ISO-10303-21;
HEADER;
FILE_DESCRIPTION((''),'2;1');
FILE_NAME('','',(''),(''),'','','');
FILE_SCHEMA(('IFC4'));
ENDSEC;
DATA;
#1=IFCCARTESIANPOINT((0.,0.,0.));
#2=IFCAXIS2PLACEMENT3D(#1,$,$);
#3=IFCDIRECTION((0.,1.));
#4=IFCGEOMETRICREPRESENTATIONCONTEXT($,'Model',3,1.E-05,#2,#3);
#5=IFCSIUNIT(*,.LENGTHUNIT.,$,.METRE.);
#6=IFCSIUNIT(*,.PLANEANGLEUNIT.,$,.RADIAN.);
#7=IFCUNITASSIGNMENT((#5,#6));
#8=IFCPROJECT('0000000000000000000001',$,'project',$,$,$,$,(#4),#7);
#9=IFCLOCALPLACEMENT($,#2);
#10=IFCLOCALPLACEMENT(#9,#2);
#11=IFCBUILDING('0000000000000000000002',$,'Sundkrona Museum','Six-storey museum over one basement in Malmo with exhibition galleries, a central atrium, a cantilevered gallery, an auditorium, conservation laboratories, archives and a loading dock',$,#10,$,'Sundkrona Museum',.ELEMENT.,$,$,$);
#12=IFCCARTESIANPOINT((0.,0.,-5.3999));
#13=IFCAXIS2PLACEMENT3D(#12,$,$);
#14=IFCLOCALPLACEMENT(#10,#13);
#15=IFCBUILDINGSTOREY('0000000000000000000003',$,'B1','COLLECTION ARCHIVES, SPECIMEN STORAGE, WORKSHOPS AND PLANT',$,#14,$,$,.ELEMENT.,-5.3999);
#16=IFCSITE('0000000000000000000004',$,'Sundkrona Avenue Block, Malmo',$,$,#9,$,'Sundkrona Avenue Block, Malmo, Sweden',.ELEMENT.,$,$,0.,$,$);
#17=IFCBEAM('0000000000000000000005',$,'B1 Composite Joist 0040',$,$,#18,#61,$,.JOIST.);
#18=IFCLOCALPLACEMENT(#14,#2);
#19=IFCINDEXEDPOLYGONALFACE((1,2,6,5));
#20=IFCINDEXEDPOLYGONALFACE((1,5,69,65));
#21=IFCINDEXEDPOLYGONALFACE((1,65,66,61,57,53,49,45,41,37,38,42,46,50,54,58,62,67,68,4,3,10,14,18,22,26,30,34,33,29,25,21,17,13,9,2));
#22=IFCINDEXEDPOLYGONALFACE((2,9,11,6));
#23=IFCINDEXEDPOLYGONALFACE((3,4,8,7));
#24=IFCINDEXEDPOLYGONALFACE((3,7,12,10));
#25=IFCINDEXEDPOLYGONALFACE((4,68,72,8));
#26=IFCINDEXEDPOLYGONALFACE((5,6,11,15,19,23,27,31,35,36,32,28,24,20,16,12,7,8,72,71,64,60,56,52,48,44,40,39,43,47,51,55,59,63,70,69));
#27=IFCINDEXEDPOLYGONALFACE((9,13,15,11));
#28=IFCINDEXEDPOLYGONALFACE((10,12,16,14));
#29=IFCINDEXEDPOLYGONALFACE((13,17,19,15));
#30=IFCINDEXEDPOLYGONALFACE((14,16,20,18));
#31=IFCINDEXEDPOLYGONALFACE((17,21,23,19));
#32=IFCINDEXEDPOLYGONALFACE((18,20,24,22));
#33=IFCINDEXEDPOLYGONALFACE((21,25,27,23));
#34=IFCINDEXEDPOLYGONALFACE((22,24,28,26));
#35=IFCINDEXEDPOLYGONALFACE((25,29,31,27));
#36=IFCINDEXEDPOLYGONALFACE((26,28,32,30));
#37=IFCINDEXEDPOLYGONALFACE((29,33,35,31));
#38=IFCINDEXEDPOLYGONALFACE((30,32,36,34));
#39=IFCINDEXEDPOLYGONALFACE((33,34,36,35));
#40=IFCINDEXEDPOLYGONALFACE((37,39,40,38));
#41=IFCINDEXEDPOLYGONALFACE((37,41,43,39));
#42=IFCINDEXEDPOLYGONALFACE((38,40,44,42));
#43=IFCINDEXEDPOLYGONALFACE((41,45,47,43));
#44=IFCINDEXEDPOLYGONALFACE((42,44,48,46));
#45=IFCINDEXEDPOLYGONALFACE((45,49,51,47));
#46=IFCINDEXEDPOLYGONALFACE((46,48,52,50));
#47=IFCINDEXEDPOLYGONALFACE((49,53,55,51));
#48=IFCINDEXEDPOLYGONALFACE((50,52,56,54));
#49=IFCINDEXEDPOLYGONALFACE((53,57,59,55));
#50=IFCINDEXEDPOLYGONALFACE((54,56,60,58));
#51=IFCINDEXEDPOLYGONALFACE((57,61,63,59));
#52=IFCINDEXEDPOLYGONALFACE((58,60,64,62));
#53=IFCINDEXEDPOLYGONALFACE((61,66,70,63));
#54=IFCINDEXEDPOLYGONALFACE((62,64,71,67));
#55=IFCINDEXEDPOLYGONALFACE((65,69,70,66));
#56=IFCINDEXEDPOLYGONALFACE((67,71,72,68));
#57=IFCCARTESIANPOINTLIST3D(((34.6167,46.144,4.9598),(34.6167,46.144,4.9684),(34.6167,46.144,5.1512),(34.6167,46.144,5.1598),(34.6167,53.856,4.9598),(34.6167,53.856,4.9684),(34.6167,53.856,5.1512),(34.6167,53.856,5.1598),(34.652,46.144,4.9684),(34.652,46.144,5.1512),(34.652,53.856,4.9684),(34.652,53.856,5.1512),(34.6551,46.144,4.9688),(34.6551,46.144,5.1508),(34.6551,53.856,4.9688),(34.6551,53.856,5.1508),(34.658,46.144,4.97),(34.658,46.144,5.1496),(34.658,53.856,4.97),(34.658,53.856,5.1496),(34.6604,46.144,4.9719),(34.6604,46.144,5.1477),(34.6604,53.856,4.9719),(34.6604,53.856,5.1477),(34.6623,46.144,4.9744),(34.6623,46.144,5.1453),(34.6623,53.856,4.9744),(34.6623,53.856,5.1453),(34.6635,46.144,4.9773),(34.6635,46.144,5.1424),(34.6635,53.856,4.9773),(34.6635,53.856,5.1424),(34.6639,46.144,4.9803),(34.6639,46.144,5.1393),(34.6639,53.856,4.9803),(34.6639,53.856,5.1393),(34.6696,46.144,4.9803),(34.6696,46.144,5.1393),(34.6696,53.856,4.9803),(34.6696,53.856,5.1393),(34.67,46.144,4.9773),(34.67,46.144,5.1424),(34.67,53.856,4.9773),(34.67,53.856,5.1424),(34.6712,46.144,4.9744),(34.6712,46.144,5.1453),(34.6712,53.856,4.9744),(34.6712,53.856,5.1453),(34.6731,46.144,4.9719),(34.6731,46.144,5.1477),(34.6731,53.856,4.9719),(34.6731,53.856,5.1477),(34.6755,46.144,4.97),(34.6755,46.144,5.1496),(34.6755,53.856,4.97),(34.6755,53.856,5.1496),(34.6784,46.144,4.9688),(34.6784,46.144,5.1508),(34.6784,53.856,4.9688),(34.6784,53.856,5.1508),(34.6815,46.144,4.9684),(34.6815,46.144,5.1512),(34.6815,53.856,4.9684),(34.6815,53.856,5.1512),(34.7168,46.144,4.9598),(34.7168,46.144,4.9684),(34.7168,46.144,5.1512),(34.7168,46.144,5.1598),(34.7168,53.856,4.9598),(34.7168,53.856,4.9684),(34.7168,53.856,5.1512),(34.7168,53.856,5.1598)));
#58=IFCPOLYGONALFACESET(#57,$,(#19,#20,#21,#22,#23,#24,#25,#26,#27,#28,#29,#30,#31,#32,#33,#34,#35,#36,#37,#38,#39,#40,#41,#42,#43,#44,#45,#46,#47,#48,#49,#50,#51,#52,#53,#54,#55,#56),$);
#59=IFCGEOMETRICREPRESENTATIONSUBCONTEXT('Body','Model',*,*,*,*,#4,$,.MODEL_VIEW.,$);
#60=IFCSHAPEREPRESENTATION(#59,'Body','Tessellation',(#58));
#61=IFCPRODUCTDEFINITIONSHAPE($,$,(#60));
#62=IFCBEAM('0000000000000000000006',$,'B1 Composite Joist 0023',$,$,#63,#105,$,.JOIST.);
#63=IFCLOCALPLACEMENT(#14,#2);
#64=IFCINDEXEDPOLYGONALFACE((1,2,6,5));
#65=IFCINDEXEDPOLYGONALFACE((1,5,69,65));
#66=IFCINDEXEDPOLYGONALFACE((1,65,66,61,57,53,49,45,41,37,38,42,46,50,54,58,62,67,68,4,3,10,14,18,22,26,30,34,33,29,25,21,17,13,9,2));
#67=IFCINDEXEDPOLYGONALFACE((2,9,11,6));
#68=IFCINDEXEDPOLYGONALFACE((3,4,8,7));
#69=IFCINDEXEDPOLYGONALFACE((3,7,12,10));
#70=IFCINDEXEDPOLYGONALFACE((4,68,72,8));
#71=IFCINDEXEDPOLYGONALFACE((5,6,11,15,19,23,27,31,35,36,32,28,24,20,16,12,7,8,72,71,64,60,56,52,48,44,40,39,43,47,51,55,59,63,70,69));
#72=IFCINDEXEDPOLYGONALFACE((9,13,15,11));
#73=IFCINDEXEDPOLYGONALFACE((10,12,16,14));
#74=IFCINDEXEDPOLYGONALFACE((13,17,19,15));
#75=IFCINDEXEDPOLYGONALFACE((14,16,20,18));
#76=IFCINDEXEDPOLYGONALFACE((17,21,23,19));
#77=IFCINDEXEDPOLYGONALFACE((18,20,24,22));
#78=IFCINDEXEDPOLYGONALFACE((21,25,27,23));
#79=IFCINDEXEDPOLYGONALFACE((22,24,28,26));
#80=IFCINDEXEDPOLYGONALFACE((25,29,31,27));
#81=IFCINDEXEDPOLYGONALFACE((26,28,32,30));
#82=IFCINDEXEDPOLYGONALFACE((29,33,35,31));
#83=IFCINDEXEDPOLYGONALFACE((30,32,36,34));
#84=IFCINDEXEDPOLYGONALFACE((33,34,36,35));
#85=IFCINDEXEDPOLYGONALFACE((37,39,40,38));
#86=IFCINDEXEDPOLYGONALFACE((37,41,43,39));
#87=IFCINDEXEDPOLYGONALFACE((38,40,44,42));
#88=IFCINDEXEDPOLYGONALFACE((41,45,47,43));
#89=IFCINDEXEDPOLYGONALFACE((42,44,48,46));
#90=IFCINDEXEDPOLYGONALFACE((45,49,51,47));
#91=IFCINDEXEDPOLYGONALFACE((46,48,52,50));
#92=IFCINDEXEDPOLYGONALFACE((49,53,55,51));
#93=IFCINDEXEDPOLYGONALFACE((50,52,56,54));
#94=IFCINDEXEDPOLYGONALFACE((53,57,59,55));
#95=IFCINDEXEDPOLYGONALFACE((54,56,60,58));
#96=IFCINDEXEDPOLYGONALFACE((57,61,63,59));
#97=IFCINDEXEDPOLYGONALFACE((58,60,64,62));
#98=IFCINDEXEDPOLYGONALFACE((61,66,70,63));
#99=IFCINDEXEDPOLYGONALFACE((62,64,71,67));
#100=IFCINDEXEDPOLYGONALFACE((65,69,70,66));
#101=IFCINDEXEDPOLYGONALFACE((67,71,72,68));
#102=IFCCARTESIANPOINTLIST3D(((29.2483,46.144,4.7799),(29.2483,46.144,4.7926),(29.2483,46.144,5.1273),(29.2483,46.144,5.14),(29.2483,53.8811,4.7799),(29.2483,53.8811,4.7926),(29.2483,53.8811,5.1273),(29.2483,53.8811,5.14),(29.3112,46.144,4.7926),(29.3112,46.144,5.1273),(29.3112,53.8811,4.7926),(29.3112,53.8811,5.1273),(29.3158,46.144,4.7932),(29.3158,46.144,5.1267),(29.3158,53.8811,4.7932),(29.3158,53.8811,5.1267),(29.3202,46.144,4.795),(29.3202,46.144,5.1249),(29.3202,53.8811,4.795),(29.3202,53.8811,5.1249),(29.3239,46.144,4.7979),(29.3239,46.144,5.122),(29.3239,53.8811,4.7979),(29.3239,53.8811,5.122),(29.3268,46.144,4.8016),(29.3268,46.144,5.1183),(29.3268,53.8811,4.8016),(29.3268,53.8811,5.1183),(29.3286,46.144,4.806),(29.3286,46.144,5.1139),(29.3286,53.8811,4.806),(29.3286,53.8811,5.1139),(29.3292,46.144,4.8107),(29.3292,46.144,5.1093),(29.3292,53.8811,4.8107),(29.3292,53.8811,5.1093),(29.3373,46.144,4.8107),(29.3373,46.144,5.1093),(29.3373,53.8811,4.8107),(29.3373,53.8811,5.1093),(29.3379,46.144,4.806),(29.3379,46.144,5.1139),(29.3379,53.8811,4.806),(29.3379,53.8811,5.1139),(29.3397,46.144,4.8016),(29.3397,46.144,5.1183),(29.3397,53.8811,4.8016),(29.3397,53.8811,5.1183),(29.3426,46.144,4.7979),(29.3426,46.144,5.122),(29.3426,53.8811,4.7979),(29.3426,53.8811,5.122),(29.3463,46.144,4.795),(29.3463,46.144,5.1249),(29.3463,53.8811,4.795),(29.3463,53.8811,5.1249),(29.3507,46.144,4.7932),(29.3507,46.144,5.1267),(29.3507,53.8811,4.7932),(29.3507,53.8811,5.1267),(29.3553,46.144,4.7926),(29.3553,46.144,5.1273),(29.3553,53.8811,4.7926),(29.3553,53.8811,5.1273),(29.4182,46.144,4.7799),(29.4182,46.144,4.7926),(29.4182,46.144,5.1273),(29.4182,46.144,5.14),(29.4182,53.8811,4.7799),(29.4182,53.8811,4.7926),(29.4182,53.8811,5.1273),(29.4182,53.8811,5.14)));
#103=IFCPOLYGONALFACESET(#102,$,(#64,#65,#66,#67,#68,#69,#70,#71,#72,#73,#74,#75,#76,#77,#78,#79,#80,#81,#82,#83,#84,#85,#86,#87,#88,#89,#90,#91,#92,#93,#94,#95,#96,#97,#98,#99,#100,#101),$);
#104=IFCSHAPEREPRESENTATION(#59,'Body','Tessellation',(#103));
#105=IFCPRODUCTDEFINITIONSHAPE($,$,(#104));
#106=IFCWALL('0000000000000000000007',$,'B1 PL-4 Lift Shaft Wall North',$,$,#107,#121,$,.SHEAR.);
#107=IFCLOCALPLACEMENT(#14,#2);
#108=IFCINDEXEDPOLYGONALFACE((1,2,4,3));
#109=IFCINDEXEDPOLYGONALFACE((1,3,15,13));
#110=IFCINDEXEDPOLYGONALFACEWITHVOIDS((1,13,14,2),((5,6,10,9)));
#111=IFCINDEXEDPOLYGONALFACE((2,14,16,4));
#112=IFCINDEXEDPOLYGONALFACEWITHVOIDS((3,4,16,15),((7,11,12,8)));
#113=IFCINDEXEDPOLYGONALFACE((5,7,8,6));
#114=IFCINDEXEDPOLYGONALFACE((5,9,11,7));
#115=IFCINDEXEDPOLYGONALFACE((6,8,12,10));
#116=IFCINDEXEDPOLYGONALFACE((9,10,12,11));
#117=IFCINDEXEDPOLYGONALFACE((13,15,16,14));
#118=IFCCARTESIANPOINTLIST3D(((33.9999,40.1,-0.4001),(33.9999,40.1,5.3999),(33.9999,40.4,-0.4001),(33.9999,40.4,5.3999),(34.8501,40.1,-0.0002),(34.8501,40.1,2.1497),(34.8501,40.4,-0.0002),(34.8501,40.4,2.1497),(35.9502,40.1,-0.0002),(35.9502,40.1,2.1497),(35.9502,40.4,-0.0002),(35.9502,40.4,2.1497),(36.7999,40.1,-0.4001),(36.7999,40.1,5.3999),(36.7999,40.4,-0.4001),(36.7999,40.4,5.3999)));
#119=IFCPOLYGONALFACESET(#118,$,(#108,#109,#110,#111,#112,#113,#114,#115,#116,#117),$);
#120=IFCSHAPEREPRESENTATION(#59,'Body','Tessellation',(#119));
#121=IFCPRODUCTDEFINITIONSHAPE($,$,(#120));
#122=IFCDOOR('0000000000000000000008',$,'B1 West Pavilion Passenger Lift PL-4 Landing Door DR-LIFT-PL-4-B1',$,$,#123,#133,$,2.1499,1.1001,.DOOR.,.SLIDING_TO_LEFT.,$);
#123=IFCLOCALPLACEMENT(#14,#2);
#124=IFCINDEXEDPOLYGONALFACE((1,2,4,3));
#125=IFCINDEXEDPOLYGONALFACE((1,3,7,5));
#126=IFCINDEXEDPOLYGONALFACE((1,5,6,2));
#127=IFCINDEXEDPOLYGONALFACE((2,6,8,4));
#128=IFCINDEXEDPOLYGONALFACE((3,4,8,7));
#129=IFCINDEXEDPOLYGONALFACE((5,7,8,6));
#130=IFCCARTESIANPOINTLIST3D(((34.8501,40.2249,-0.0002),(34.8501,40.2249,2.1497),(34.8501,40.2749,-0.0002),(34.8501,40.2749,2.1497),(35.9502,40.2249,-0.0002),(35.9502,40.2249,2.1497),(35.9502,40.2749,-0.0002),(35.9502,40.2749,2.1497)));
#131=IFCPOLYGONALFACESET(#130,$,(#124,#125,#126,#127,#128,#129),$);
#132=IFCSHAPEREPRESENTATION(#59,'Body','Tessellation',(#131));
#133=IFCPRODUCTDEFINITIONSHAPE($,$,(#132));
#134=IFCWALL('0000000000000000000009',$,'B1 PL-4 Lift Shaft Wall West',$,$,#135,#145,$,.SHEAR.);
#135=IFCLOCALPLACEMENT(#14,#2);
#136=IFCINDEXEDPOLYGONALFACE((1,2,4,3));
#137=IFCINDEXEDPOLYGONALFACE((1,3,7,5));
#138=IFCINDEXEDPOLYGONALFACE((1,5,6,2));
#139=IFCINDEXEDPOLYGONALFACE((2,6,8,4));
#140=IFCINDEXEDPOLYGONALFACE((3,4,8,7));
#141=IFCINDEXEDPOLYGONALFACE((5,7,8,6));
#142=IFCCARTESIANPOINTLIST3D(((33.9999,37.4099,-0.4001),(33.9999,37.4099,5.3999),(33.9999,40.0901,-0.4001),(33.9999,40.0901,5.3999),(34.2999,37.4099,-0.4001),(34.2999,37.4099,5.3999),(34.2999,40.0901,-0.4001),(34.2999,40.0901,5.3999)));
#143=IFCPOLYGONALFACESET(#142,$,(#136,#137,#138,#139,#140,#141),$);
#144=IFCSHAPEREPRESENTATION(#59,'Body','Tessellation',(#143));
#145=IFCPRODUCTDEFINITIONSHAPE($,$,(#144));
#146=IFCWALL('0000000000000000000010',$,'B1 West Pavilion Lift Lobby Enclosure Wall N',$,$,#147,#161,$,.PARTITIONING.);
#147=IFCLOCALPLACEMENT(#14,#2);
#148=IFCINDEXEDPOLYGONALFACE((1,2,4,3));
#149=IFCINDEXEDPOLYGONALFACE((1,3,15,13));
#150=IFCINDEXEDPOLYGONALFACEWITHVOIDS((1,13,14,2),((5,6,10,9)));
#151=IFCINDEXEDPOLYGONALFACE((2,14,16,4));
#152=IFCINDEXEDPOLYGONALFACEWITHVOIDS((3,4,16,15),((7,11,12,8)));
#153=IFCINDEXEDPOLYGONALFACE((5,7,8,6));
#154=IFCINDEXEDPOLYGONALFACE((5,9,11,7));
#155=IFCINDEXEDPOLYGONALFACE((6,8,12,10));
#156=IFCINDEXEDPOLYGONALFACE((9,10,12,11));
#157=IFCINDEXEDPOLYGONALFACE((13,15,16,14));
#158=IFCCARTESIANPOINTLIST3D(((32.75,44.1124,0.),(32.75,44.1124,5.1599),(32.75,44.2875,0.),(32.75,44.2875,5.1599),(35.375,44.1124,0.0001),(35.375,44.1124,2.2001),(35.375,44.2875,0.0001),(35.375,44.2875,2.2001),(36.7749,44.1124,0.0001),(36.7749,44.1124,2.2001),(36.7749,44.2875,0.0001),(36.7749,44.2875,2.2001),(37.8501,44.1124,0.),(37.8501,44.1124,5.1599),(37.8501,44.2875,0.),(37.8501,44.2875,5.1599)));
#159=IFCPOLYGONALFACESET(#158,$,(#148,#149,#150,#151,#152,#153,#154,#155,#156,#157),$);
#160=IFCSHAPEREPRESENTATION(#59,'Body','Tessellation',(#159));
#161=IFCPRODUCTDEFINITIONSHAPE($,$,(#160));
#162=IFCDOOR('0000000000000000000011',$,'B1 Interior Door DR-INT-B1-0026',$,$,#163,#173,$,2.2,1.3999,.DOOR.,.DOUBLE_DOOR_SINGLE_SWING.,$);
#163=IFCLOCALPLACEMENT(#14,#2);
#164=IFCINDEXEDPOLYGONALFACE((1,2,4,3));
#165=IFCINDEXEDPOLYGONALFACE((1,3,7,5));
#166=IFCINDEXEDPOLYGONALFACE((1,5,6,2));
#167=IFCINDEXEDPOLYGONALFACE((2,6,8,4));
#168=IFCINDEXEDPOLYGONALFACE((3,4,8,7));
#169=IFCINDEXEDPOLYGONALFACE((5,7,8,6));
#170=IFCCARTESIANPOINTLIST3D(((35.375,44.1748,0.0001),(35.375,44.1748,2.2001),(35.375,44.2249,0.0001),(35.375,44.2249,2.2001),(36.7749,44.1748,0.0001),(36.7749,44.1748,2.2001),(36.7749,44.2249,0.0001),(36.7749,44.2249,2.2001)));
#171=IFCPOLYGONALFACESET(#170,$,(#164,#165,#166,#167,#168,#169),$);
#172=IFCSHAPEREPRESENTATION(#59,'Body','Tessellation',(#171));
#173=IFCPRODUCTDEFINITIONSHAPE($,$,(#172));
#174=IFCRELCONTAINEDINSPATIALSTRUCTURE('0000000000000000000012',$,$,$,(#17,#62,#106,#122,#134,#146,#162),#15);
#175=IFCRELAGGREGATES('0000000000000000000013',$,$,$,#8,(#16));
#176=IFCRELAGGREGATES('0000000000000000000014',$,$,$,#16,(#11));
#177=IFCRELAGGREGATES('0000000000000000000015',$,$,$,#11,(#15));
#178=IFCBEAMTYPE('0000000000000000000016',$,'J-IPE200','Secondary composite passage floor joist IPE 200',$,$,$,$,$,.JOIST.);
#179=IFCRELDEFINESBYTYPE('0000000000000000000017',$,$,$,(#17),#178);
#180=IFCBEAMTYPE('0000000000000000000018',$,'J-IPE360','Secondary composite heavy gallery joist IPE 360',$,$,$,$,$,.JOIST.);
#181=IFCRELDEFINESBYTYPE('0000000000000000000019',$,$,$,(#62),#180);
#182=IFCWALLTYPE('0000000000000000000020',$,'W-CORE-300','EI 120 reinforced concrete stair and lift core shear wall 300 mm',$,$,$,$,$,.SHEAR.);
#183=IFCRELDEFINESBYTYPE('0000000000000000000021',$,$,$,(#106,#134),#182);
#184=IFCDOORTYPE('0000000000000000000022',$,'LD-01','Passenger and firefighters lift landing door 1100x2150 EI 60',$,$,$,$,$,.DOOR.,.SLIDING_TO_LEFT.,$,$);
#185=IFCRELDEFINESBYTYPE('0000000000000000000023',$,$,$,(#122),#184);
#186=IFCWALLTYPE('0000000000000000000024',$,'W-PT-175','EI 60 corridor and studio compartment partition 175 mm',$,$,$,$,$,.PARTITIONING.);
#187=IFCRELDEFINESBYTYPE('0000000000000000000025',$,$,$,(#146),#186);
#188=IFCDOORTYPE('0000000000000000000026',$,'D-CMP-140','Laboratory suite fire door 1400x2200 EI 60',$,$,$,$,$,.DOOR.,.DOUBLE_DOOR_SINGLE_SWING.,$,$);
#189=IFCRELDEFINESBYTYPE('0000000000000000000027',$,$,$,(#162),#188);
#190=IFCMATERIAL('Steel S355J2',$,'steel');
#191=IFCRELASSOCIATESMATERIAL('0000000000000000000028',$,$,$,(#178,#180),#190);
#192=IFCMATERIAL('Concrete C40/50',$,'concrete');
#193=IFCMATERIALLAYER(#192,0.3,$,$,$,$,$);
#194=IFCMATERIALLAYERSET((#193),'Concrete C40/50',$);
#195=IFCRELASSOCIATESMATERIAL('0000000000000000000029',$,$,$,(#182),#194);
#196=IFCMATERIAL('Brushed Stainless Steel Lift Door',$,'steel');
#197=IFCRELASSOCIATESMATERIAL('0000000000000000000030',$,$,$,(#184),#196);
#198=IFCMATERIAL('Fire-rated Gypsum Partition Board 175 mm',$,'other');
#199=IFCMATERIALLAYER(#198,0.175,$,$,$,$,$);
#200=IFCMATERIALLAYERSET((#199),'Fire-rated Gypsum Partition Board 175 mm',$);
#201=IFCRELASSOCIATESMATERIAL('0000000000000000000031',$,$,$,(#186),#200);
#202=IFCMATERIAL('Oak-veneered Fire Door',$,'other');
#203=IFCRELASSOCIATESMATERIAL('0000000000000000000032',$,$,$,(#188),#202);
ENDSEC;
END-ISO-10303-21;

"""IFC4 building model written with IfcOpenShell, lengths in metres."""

from ifc_helpers import new_model, si_unit, direction, frame, frame_2d, origin, origin_2d, place, context, subcontext, project, spatial, rectangle, i_section, extrude, material, layer, layer_set, material_profile, profile_set, type_object, element, fill, save


model = new_model("IFC4")

# Units and contexts
model_context = context("Model", 3, precision=1e-05, world=origin(), true_north=direction((0.0, 1.0)))
body_context = subcontext(model_context, "Body", "Model", "MODEL_VIEW")
ifc_project = project(units=[si_unit("LENGTHUNIT", "METRE"), si_unit("PLANEANGLEUNIT", "RADIAN")], contexts=[model_context])

# Site, building, storey
site_placement = place(None, origin())
site = spatial("IfcSite", under=ifc_project, at=site_placement, Name="Sundkrona Avenue Block, Malmo", LongName="Sundkrona Avenue Block, Malmo, Sweden", CompositionType="ELEMENT", RefElevation=0.0)
building_placement = place(site_placement, origin())
building = spatial("IfcBuilding", under=site, at=building_placement, Name="Sundkrona Museum", Description="Six-storey museum over one basement in Malmo with exhibition galleries, a central atrium, a cantilevered gallery, an auditorium, conservation laboratories, archives and a loading dock", LongName="Sundkrona Museum", CompositionType="ELEMENT")
storey_placement = place(building_placement, frame((0.0, 0.0, -5.3999)))
storey = spatial("IfcBuildingStorey", under=building, at=storey_placement, Name="B1", Description="COLLECTION ARCHIVES, SPECIMEN STORAGE, WORKSHOPS AND PLANT", CompositionType="ELEMENT", Elevation=-5.3999)

# Shared definitions
ifc_material_1 = material(Name="Concrete C40/50", Category="concrete")

# Beams
ifc_material_2 = material(Name="Steel S355J2", Category="steel")
ifc_material_profile_1 = material_profile(ifc_material_2, i_section(OverallWidth=0.1001, OverallDepth=0.2, WebThickness=0.0056, FlangeThickness=0.0085, FilletRadius=0.012, at=origin_2d()), Name="IPE 200")
ifc_profile_set_1 = profile_set([ifc_material_profile_1], Name="Steel S355J2")
beam_type_1 = type_object("IfcBeamType", Name="J-IPE200", Description="Secondary composite passage floor joist IPE 200", PredefinedType="JOIST", material=ifc_profile_set_1)
beam_1_placement = place(storey_placement, frame((34.6667, 46.144, 5.0598), z_axis=(0.0, 1.0, 0.0), x_axis=(-1.0, 0.0, 0.0)))
element("IfcBeam", 1, at=beam_1_placement, inside=storey, type_object=beam_type_1, Name="B1 Composite Joist 0040", PredefinedType="JOIST", context=body_context, shape_type="SweptSolid", body=[
    extrude(i_section(OverallWidth=0.1001, OverallDepth=0.2, WebThickness=0.0056, FlangeThickness=0.0085, FilletRadius=0.012, at=origin_2d()), origin(), (0.0, 0.0, 1.0), 7.7119),
])
ifc_material_profile_2 = material_profile(ifc_material_2, i_section(OverallWidth=0.1699, OverallDepth=0.3601, WebThickness=0.0081, FlangeThickness=0.0127, FilletRadius=0.0181, at=origin_2d()), Name="IPE 360")
ifc_profile_set_2 = profile_set([ifc_material_profile_2], Name="Steel S355J2")
beam_type_2 = type_object("IfcBeamType", Name="J-IPE360", Description="Secondary composite heavy gallery joist IPE 360", PredefinedType="JOIST", material=ifc_profile_set_2)
beam_2_placement = place(storey_placement, frame((29.3333, 46.144, 4.96), z_axis=(0.0, 1.0, 0.0), x_axis=(-1.0, 0.0, 0.0)))
element("IfcBeam", 2, at=beam_2_placement, inside=storey, type_object=beam_type_2, Name="B1 Composite Joist 0023", PredefinedType="JOIST", context=body_context, shape_type="SweptSolid", body=[
    extrude(i_section(OverallWidth=0.1699, OverallDepth=0.3601, WebThickness=0.0081, FlangeThickness=0.0127, FilletRadius=0.0181, at=origin_2d()), origin(), (0.0, 0.0, 1.0), 7.7371),
])

# Wall, opening, door
ifc_layer_1 = layer(ifc_material_1, 0.3)
ifc_layer_set_1 = layer_set([ifc_layer_1], Name="Concrete C40/50")
wall_type_1 = type_object("IfcWallType", Name="W-CORE-300", Description="EI 120 reinforced concrete stair and lift core shear wall 300 mm", PredefinedType="SHEAR", material=ifc_layer_set_1)
wall_1_placement = place(storey_placement, frame((34.0, 40.25, -0.4001), z_axis=(0.0, 0.0, 1.0), x_axis=(1.0, 0.0, 0.0)))
wall_1 = element("IfcWall", 3, at=wall_1_placement, inside=storey, type_object=wall_type_1, Name="B1 PL-4 Lift Shaft Wall North", PredefinedType="SHEAR", context=body_context, shape_type="SweptSolid", body=[
    extrude(rectangle(XDim=2.8, YDim=0.3, at=frame_2d((1.3999, 0.0))), origin(), (0.0, 0.0, 1.0), 5.8),
])
opening_1_placement = place(wall_1_placement, frame((0.8501, 0.0, 0.3999)))
opening_1 = element("IfcOpeningElement", 4, at=opening_1_placement, cuts=wall_1, PredefinedType="OPENING", context=body_context, shape_type="SweptSolid", body=[
    extrude(rectangle(XDim=1.1001, YDim=2.1499, at=frame_2d((0.55, 1.075))), frame((0.0, 0.1599, 0.0), z_axis=(0.0, -1.0, 0.0), x_axis=(1.0, 0.0, 0.0)), (0.0, 0.0, 1.0), 0.3201),
])
ifc_material_3 = material(Name="Brushed Stainless Steel Lift Door", Category="steel")
door_type_1 = type_object("IfcDoorType", Name="LD-01", Description="Passenger and firefighters lift landing door 1100x2150 EI 60", OperationType="SLIDING_TO_LEFT", PredefinedType="DOOR", material=ifc_material_3)
door_1_placement = place(opening_1_placement, origin())
door_1 = element("IfcDoor", 5, at=door_1_placement, inside=storey, type_object=door_type_1, Name="B1 West Pavilion Passenger Lift PL-4 Landing Door DR-LIFT-PL-4-B1", OperationType="SLIDING_TO_LEFT", OverallHeight=2.1499, OverallWidth=1.1001, PredefinedType="DOOR", context=body_context, shape_type="SweptSolid", body=[
    extrude(rectangle(XDim=1.1001, YDim=2.1499, at=frame_2d((0.55, 1.075))), frame((0.0, 0.0249, 0.0), z_axis=(0.0, -1.0, 0.0), x_axis=(1.0, 0.0, 0.0)), (0.0, 0.0, 1.0), 0.05),
])
fill(opening_1, door_1)

# Wall
wall_2_placement = place(storey_placement, frame((34.1499, 37.4099, -0.4001), z_axis=(0.0, 0.0, 1.0), x_axis=(0.0, 1.0, 0.0)))
element("IfcWall", 6, at=wall_2_placement, inside=storey, type_object=wall_type_1, Name="B1 PL-4 Lift Shaft Wall West", PredefinedType="SHEAR", context=body_context, shape_type="SweptSolid", body=[
    extrude(rectangle(XDim=2.6802, YDim=0.3, at=frame_2d((1.3401, 0.0))), origin(), (0.0, 0.0, 1.0), 5.8),
])

# Wall, opening, door
ifc_material_4 = material(Name="Fire-rated Gypsum Partition Board 175 mm", Category="other")
ifc_layer_2 = layer(ifc_material_4, 0.175)
ifc_layer_set_2 = layer_set([ifc_layer_2], Name="Fire-rated Gypsum Partition Board 175 mm")
wall_type_2 = type_object("IfcWallType", Name="W-PT-175", Description="EI 60 corridor and studio compartment partition 175 mm", PredefinedType="PARTITIONING", material=ifc_layer_set_2)
wall_3_placement = place(storey_placement, frame((32.75, 44.2, 0.0), z_axis=(0.0, 0.0, 1.0), x_axis=(1.0, 0.0, 0.0)))
wall_3 = element("IfcWall", 7, at=wall_3_placement, inside=storey, type_object=wall_type_2, Name="B1 West Pavilion Lift Lobby Enclosure Wall N", PredefinedType="PARTITIONING", context=body_context, shape_type="SweptSolid", body=[
    extrude(rectangle(XDim=5.1001, YDim=0.175, at=frame_2d((2.55, 0.0))), origin(), (0.0, 0.0, 1.0), 5.1599),
])
opening_2_placement = place(wall_3_placement, frame((2.625, 0.0, 0.0)))
opening_2 = element("IfcOpeningElement", 8, at=opening_2_placement, cuts=wall_3, PredefinedType="OPENING", context=body_context, shape_type="SweptSolid", body=[
    extrude(rectangle(XDim=1.3999, YDim=2.2, at=frame_2d((0.7, 1.1001))), frame((0.0, 0.0974, 0.0), z_axis=(0.0, -1.0, 0.0), x_axis=(1.0, 0.0, 0.0)), (0.0, 0.0, 1.0), 0.1951),
])
ifc_material_5 = material(Name="Oak-veneered Fire Door", Category="other")
door_type_2 = type_object("IfcDoorType", Name="D-CMP-140", Description="Laboratory suite fire door 1400x2200 EI 60", OperationType="DOUBLE_DOOR_SINGLE_SWING", PredefinedType="DOOR", material=ifc_material_5)
door_2_placement = place(opening_2_placement, origin())
door_2 = element("IfcDoor", 9, at=door_2_placement, inside=storey, type_object=door_type_2, Name="B1 Interior Door DR-INT-B1-0026", OperationType="DOUBLE_DOOR_SINGLE_SWING", OverallHeight=2.2, OverallWidth=1.3999, PredefinedType="DOOR", context=body_context, shape_type="SweptSolid", body=[
    extrude(rectangle(XDim=1.3999, YDim=2.2, at=frame_2d((0.7, 1.1001))), frame((0.0, 0.0249, 0.0), z_axis=(0.0, -1.0, 0.0), x_axis=(1.0, 0.0, 0.0)), (0.0, 0.0, 1.0), 0.05),
])
fill(opening_2, door_2)

save(model, "model.ifc")
